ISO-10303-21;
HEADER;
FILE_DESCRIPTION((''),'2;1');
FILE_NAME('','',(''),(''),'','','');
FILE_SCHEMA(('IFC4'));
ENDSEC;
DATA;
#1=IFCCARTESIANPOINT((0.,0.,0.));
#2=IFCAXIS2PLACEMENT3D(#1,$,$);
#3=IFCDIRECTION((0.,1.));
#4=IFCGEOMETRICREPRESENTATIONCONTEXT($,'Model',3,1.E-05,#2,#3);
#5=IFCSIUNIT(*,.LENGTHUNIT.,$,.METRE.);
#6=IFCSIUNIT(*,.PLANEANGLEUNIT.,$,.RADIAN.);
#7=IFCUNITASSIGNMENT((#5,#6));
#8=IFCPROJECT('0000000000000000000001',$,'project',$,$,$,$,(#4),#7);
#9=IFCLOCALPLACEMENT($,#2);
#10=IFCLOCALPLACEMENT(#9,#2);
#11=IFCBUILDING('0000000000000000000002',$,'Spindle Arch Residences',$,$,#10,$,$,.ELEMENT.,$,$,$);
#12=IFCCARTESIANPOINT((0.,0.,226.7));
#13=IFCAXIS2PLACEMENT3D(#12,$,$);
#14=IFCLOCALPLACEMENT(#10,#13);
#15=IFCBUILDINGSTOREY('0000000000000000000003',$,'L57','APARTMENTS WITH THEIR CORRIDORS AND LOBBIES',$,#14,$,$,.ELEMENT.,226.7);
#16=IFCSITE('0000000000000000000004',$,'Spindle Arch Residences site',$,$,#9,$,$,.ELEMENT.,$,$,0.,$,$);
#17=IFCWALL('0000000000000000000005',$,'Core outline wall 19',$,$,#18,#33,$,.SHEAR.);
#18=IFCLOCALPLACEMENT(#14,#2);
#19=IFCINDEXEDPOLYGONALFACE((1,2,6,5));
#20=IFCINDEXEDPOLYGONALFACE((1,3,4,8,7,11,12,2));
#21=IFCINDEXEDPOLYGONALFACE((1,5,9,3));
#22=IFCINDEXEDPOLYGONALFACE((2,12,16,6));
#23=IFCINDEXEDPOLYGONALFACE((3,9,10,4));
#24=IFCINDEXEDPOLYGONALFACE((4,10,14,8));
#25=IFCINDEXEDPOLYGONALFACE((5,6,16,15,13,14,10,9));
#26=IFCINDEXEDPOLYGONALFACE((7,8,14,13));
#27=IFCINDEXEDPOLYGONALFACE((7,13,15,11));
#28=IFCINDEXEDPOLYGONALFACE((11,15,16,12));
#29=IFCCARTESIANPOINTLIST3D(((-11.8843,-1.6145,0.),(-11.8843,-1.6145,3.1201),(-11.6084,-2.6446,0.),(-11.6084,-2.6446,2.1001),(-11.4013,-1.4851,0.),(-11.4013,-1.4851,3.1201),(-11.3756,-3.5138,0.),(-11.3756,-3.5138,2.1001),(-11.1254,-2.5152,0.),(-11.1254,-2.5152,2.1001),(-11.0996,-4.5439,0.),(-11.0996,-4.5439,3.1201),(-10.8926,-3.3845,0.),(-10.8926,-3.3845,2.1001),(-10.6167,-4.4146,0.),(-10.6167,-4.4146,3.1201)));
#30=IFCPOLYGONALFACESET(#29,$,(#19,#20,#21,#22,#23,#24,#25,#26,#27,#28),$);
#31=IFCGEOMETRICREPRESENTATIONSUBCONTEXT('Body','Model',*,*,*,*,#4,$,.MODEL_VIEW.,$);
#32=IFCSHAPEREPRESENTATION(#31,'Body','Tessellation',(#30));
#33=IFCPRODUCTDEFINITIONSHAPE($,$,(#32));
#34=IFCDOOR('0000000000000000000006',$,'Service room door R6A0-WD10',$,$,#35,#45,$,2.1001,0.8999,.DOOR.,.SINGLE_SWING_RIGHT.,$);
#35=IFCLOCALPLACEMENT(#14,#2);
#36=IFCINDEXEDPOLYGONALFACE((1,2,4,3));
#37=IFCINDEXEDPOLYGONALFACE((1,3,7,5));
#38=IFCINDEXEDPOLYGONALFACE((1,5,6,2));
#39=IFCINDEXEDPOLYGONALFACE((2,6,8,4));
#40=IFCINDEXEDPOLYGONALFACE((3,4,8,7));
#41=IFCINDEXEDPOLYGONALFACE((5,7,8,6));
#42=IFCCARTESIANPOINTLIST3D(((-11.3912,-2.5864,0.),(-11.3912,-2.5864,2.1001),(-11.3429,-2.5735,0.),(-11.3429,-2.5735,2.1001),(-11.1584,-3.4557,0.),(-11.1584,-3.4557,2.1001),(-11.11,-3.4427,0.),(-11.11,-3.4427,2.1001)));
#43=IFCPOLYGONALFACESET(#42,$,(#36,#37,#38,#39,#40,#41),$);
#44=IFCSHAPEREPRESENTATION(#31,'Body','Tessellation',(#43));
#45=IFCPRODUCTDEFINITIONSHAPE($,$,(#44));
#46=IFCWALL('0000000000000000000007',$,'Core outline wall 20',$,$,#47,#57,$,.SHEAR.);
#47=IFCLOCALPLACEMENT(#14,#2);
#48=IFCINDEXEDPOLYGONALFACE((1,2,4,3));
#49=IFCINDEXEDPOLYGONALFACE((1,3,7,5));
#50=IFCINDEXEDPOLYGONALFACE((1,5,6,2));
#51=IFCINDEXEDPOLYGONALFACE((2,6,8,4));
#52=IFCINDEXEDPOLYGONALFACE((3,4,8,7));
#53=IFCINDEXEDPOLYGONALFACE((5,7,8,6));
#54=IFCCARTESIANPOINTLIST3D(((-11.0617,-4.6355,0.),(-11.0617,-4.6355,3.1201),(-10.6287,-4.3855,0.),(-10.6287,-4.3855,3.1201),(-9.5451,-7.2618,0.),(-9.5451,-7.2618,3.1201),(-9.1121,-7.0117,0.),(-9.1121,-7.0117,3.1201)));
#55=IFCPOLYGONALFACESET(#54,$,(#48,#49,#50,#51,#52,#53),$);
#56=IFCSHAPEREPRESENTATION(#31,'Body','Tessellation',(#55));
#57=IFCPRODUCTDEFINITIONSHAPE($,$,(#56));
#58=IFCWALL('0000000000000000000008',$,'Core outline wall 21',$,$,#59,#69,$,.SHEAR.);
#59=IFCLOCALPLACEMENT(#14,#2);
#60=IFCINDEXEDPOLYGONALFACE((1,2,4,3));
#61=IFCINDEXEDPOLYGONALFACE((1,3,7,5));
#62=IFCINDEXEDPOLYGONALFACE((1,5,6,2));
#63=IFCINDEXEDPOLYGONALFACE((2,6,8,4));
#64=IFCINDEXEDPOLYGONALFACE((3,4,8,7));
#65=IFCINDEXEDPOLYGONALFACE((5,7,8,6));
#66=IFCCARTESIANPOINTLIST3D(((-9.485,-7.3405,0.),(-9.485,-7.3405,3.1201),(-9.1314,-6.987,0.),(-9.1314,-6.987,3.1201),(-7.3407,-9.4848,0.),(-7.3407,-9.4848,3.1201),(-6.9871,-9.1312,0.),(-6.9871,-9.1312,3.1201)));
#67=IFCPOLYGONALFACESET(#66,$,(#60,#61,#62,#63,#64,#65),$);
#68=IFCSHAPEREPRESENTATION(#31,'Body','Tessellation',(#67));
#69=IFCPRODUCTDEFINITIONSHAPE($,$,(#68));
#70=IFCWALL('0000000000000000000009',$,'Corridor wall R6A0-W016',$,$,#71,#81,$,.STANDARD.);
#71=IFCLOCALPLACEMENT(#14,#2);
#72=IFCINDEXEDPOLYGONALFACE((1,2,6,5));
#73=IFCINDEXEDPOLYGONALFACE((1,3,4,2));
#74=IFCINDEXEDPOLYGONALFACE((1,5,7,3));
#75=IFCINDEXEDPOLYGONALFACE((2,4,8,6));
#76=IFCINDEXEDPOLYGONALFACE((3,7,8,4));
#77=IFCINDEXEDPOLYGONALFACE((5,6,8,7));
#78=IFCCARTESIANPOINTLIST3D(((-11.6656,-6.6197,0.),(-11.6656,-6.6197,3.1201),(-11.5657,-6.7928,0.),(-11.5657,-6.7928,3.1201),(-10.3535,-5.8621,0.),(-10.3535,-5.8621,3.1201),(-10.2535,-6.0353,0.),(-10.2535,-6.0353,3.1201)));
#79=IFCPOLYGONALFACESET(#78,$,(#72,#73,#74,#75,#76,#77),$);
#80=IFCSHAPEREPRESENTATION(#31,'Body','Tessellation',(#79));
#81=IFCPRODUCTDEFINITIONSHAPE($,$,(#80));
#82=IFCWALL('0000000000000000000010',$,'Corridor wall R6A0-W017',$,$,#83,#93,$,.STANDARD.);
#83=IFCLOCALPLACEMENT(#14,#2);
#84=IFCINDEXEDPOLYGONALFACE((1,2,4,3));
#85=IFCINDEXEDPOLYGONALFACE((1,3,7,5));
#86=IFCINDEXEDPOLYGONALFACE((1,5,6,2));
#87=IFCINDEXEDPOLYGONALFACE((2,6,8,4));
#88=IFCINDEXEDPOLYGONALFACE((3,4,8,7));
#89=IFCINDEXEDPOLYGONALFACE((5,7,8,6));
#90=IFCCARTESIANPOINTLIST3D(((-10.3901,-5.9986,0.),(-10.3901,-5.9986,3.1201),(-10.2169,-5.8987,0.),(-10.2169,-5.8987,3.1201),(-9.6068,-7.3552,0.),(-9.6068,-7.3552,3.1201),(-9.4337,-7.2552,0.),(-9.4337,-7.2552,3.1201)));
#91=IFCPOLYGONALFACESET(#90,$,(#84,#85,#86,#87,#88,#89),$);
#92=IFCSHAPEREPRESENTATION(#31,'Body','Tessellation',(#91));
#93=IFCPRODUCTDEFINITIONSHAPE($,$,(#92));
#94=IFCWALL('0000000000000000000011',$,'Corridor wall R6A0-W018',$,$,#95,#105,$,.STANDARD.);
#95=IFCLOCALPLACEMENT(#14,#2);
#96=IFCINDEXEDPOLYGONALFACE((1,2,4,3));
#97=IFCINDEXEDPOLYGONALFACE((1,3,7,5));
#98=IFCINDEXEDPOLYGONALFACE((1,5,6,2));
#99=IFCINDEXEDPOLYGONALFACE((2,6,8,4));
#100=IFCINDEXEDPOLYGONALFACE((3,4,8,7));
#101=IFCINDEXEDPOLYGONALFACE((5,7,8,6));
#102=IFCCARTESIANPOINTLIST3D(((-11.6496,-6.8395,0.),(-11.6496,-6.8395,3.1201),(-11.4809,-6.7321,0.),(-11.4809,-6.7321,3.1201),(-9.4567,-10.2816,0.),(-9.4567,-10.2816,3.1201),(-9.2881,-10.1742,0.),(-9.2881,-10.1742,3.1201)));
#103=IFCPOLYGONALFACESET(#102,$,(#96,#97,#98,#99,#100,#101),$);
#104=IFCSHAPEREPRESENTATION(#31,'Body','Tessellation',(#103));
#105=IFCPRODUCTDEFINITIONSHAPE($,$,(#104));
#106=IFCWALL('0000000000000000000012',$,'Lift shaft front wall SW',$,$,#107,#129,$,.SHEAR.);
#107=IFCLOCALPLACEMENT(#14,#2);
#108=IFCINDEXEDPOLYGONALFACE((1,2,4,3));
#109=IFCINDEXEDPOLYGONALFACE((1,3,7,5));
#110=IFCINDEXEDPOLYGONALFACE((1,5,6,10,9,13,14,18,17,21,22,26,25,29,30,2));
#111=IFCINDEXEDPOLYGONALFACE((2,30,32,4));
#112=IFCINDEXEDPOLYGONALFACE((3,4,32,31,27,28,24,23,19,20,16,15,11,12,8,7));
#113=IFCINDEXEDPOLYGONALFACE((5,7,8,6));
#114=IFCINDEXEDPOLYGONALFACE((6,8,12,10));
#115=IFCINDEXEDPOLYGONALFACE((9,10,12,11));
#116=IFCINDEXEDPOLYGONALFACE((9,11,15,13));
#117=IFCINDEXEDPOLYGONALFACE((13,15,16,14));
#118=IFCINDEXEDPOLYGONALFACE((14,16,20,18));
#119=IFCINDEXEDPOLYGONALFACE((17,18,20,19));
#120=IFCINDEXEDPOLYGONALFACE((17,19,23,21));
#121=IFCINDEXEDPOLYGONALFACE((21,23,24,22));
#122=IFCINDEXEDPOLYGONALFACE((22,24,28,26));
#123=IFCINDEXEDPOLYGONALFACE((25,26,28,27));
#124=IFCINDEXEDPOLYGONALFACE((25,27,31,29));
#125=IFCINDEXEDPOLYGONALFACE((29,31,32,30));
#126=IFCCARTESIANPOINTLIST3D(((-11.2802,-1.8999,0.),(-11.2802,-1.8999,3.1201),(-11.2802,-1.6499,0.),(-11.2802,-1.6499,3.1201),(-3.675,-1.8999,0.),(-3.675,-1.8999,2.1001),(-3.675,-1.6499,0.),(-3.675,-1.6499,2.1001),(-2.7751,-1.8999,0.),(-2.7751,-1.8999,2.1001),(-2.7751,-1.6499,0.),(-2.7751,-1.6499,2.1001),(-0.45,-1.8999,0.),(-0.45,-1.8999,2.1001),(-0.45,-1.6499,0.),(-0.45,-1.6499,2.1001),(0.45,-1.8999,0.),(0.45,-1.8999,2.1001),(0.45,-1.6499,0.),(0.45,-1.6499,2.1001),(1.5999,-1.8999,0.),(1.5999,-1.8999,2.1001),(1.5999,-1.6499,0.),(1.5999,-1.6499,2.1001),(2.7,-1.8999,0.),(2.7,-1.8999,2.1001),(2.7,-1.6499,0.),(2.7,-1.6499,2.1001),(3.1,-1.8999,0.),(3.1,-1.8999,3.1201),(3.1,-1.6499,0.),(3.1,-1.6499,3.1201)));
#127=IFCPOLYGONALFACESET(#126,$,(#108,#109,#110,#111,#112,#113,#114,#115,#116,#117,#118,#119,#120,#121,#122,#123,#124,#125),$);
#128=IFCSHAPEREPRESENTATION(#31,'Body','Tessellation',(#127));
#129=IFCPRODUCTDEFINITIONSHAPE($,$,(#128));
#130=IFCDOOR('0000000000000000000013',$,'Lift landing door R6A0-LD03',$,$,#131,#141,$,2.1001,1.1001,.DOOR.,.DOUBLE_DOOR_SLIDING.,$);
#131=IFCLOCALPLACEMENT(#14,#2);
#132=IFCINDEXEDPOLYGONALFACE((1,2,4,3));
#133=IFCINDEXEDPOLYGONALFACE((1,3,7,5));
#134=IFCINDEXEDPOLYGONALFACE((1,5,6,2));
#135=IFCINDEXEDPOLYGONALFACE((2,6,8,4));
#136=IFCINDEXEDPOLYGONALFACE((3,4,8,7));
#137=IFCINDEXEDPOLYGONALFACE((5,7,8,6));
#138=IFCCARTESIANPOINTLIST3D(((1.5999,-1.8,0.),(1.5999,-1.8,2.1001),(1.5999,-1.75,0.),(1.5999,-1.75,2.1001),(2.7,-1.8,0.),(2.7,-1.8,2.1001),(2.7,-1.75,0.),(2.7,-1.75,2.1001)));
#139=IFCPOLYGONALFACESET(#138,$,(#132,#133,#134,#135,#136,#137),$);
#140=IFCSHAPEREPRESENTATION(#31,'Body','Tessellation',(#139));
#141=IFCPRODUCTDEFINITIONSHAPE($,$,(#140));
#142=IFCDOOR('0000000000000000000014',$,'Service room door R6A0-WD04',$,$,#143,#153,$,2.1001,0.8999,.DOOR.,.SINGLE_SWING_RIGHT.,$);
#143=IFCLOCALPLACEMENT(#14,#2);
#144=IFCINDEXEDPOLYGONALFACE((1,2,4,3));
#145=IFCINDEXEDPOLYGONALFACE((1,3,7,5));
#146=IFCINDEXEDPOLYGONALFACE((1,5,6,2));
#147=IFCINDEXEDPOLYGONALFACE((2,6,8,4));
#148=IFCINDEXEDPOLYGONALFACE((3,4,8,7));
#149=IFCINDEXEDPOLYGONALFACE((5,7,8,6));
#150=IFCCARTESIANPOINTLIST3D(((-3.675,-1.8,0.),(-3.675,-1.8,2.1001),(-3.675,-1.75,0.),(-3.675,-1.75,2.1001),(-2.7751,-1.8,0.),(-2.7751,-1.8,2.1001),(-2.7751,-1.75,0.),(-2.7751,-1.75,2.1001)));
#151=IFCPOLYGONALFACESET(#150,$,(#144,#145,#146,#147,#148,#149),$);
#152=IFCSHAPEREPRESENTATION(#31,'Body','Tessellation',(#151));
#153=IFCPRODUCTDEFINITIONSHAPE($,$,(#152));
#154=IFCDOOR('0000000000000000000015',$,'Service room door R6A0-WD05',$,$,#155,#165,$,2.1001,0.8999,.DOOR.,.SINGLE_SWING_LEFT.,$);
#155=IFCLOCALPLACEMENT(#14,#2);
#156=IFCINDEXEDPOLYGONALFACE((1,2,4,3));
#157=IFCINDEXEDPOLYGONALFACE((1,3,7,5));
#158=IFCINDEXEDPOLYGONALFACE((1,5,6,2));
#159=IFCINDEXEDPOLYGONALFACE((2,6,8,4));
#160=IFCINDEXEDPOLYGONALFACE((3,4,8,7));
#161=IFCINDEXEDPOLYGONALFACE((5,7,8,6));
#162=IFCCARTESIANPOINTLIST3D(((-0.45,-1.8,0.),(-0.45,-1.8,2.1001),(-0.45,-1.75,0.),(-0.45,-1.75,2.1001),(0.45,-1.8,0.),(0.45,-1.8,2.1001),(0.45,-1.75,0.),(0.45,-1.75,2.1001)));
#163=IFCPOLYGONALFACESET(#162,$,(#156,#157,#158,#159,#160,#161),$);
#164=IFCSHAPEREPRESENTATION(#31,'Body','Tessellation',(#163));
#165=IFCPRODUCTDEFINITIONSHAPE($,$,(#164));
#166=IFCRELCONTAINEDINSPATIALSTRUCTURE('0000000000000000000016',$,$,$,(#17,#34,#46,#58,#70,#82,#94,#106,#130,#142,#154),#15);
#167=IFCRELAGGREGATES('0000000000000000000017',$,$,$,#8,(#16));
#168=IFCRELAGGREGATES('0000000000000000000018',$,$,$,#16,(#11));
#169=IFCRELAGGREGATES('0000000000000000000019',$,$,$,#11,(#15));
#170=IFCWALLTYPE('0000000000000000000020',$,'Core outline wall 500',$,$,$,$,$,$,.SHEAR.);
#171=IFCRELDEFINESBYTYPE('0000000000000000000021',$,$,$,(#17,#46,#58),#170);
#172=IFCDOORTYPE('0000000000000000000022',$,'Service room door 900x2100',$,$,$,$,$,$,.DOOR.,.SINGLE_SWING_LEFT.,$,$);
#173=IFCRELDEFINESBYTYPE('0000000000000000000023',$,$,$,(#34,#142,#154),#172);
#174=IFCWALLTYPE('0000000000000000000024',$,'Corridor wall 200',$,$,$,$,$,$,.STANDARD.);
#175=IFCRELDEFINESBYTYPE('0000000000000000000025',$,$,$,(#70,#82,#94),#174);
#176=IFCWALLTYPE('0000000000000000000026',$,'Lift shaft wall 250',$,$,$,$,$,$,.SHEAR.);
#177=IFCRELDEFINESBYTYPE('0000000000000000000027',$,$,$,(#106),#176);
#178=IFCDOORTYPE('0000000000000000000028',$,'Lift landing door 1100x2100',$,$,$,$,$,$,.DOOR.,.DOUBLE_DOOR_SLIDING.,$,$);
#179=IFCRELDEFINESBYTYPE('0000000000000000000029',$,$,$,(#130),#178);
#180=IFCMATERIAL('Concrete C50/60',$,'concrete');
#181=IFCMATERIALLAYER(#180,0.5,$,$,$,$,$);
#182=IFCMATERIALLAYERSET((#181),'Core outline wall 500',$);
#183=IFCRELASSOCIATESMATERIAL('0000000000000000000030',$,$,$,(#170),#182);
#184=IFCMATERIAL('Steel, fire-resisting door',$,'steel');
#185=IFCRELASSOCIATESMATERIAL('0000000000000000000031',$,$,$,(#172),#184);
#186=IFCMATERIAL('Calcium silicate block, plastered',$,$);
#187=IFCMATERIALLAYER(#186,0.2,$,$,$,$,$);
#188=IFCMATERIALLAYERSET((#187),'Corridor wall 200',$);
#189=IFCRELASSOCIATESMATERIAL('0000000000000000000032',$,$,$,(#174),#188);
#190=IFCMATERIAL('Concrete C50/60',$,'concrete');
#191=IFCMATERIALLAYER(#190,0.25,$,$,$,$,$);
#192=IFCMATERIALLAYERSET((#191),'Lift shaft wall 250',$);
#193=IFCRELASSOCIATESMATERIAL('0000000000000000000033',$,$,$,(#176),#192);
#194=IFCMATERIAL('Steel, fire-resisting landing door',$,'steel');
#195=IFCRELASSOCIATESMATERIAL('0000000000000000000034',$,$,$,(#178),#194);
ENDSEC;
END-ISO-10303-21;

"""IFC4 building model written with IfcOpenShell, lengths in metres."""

from ifc_helpers import new_model, si_unit, direction, frame, frame_2d, origin, place, context, subcontext, project, spatial, rectangle, extrude, material, layer, layer_set, type_object, element, fill, save


model = new_model("IFC4")

# Units and contexts
model_context = context("Model", 3, precision=1e-05, world=origin(), true_north=direction((0.0, 1.0)))
body_context = subcontext(model_context, "Body", "Model", "MODEL_VIEW")
ifc_project = project(units=[si_unit("LENGTHUNIT", "METRE"), si_unit("PLANEANGLEUNIT", "RADIAN")], contexts=[model_context])

# Site, building, storey
site_placement = place(None, origin())
site = spatial("IfcSite", under=ifc_project, at=site_placement, Name="Spindle Arch Residences site", CompositionType="ELEMENT", RefElevation=0.0)
building_placement = place(site_placement, origin())
building = spatial("IfcBuilding", under=site, at=building_placement, Name="Spindle Arch Residences", CompositionType="ELEMENT")
storey_placement = place(building_placement, frame((0.0, 0.0, 226.7)))
storey = spatial("IfcBuildingStorey", under=building, at=storey_placement, Name="L57", Description="APARTMENTS WITH THEIR CORRIDORS AND LOBBIES", CompositionType="ELEMENT", Elevation=226.7)

# Wall, opening, door
ifc_material_1 = material(Name="Concrete C50/60", Category="concrete")
ifc_layer_1 = layer(ifc_material_1, 0.5)
ifc_layer_set_1 = layer_set([ifc_layer_1], Name="Core outline wall 500")
wall_type_1 = type_object("IfcWallType", Name="Core outline wall 500", PredefinedType="SHEAR", material=ifc_layer_set_1)
wall_1_placement = place(storey_placement, frame((-11.6428, -1.5498, 0.0), z_axis=(0.0, 0.0, 1.0), x_axis=(0.258735, -0.965948, 0.0)))
wall_1 = element("IfcWall", 1, at=wall_1_placement, inside=storey, type_object=wall_type_1, Name="Core outline wall 19", PredefinedType="SHEAR", context=body_context, shape_type="SweptSolid", body=[
    extrude(rectangle(XDim=3.0327, YDim=0.5, at=frame_2d((1.5164, 0.0))), origin(), (0.0, 0.0, 1.0), 3.1201),
])
opening_1_placement = place(wall_1_placement, frame((1.0664, 0.0, 0.0)))
opening_1 = element("IfcOpeningElement", 2, at=opening_1_placement, cuts=wall_1, PredefinedType="OPENING", context=body_context, shape_type="SweptSolid", body=[
    extrude(rectangle(XDim=0.8999, YDim=2.1001, at=frame_2d((0.45, 1.05))), frame((0.0, 0.26, 0.0), z_axis=(0.0, -1.0, 0.0), x_axis=(1.0, 0.0, 0.0)), (0.0, 0.0, 1.0), 0.52),
])
ifc_material_2 = material(Name="Steel, fire-resisting door", Category="steel")
door_type_1 = type_object("IfcDoorType", Name="Service room door 900x2100", OperationType="SINGLE_SWING_LEFT", PredefinedType="DOOR", material=ifc_material_2)
door_1_placement = place(opening_1_placement, origin())
door_1 = element("IfcDoor", 3, at=door_1_placement, inside=storey, type_object=door_type_1, Name="Service room door R6A0-WD10", OperationType="SINGLE_SWING_RIGHT", OverallHeight=2.1001, OverallWidth=0.8999, PredefinedType="DOOR", context=body_context, shape_type="SweptSolid", body=[
    extrude(rectangle(XDim=0.8999, YDim=2.1001, at=frame_2d((0.45, 1.05))), frame((0.0, 0.0249, 0.0), z_axis=(0.0, -1.0, 0.0), x_axis=(1.0, 0.0, 0.0)), (0.0, 0.0, 1.0), 0.05),
])
fill(opening_1, door_1)

# Walls
wall_2_placement = place(storey_placement, frame((-10.8452, -4.5105, 0.0), z_axis=(0.0, 0.0, 1.0), x_axis=(0.500087, -0.865975, 0.0)))
element("IfcWall", 4, at=wall_2_placement, inside=storey, type_object=wall_type_1, Name="Core outline wall 20", PredefinedType="SHEAR", context=body_context, shape_type="SweptSolid", body=[
    extrude(rectangle(XDim=3.0327, YDim=0.5, at=frame_2d((1.5164, 0.0))), origin(), (0.0, 0.0, 1.0), 3.1201),
])
wall_3_placement = place(storey_placement, frame((-9.3081, -7.1638, 0.0), z_axis=(0.0, 0.0, 1.0), x_axis=(0.707107, -0.707107, 0.0)))
element("IfcWall", 5, at=wall_3_placement, inside=storey, type_object=wall_type_1, Name="Core outline wall 21", PredefinedType="SHEAR", context=body_context, shape_type="SweptSolid", body=[
    extrude(rectangle(XDim=3.0325, YDim=0.5, at=frame_2d((1.5161, 0.0))), origin(), (0.0, 0.0, 1.0), 3.1201),
])
ifc_material_3 = material(Name="Calcium silicate block, plastered")
ifc_layer_2 = layer(ifc_material_3, 0.2)
ifc_layer_set_2 = layer_set([ifc_layer_2], Name="Corridor wall 200")
wall_type_2 = type_object("IfcWallType", Name="Corridor wall 200", PredefinedType="STANDARD", material=ifc_layer_set_2)
wall_4_placement = place(storey_placement, frame((-10.3035, -5.9487, 0.0), z_axis=(0.0, 0.0, 1.0), x_axis=(-0.866043, -0.499969, 0.0)))
element("IfcWall", 6, at=wall_4_placement, inside=storey, type_object=wall_type_2, Name="Corridor wall R6A0-W016", PredefinedType="STANDARD", context=body_context, shape_type="SweptSolid", body=[
    extrude(rectangle(XDim=1.5151, YDim=0.2, at=frame_2d((0.7576, 0.0))), origin(), (0.0, 0.0, 1.0), 3.1201),
])
wall_5_placement = place(storey_placement, frame((-9.5203, -7.3052, 0.0), z_axis=(0.0, 0.0, 1.0), x_axis=(-0.500028, 0.866009, 0.0)))
element("IfcWall", 7, at=wall_5_placement, inside=storey, type_object=wall_type_2, Name="Corridor wall R6A0-W017", PredefinedType="STANDARD", context=body_context, shape_type="SweptSolid", body=[
    extrude(rectangle(XDim=1.5664, YDim=0.2, at=frame_2d((0.7832, 0.0))), origin(), (0.0, 0.0, 1.0), 3.1201),
])
wall_6_placement = place(storey_placement, frame((-11.5652, -6.7859, 0.0), z_axis=(0.0, 0.0, 1.0), x_axis=(0.537297, -0.843393, 0.0)))
element("IfcWall", 8, at=wall_6_placement, inside=storey, type_object=wall_type_2, Name="Corridor wall R6A0-W018", PredefinedType="STANDARD", context=body_context, shape_type="SweptSolid", body=[
    extrude(rectangle(XDim=4.0813, YDim=0.2, at=frame_2d((2.0405, 0.0))), origin(), (0.0, 0.0, 1.0), 3.1201),
])

# Wall, openings, doors
ifc_material_4 = material(Name="Concrete C50/60", Category="concrete")
ifc_layer_3 = layer(ifc_material_4, 0.25)
ifc_layer_set_3 = layer_set([ifc_layer_3], Name="Lift shaft wall 250")
wall_type_3 = type_object("IfcWallType", Name="Lift shaft wall 250", PredefinedType="SHEAR", material=ifc_layer_set_3)
wall_7_placement = place(storey_placement, frame((-11.28, -1.7749, 0.0), z_axis=(0.0, 0.0, 1.0), x_axis=(1.0, 0.0, 0.0)))
wall_7 = element("IfcWall", 9, at=wall_7_placement, inside=storey, type_object=wall_type_3, Name="Lift shaft front wall SW", PredefinedType="SHEAR", context=body_context, shape_type="SweptSolid", body=[
    extrude(rectangle(XDim=14.3801, YDim=0.25, at=frame_2d((7.1899, 0.0))), origin(), (0.0, 0.0, 1.0), 3.1201),
])
opening_2_placement = place(wall_7_placement, frame((12.8799, 0.0, 0.0)))
opening_2 = element("IfcOpeningElement", 10, at=opening_2_placement, cuts=wall_7, PredefinedType="OPENING", context=body_context, shape_type="SweptSolid", body=[
    extrude(rectangle(XDim=1.1001, YDim=2.1001, at=frame_2d((0.55, 1.05))), frame((0.0, 0.135, 0.0), z_axis=(0.0, -1.0, 0.0), x_axis=(1.0, 0.0, 0.0)), (0.0, 0.0, 1.0), 0.27),
])
opening_3_placement = place(wall_7_placement, frame((7.605, 0.0, 0.0)))
opening_3 = element("IfcOpeningElement", 11, at=opening_3_placement, cuts=wall_7, PredefinedType="OPENING", context=body_context, shape_type="SweptSolid", body=[
    extrude(rectangle(XDim=0.8999, YDim=2.1001, at=frame_2d((0.45, 1.05))), frame((0.0, 0.135, 0.0), z_axis=(0.0, -1.0, 0.0), x_axis=(1.0, 0.0, 0.0)), (0.0, 0.0, 1.0), 0.27),
])
opening_4_placement = place(wall_7_placement, frame((10.8301, 0.0, 0.0)))
opening_4 = element("IfcOpeningElement", 12, at=opening_4_placement, cuts=wall_7, PredefinedType="OPENING", context=body_context, shape_type="SweptSolid", body=[
    extrude(rectangle(XDim=0.8999, YDim=2.1001, at=frame_2d((0.45, 1.05))), frame((0.0, 0.135, 0.0), z_axis=(0.0, -1.0, 0.0), x_axis=(1.0, 0.0, 0.0)), (0.0, 0.0, 1.0), 0.27),
])
ifc_material_5 = material(Name="Steel, fire-resisting landing door", Category="steel")
door_type_2 = type_object("IfcDoorType", Name="Lift landing door 1100x2100", OperationType="DOUBLE_DOOR_SLIDING", PredefinedType="DOOR", material=ifc_material_5)
door_2_placement = place(opening_2_placement, origin())
door_2 = element("IfcDoor", 13, at=door_2_placement, inside=storey, type_object=door_type_2, Name="Lift landing door R6A0-LD03", OperationType="DOUBLE_DOOR_SLIDING", OverallHeight=2.1001, OverallWidth=1.1001, PredefinedType="DOOR", context=body_context, shape_type="SweptSolid", body=[
    extrude(rectangle(XDim=1.1001, YDim=2.1001, at=frame_2d((0.55, 1.05))), frame((0.0, 0.0249, 0.0), z_axis=(0.0, -1.0, 0.0), x_axis=(1.0, 0.0, 0.0)), (0.0, 0.0, 1.0), 0.05),
])
fill(opening_2, door_2)
door_3_placement = place(opening_3_placement, origin())
door_3 = element("IfcDoor", 14, at=door_3_placement, inside=storey, type_object=door_type_1, Name="Service room door R6A0-WD04", OperationType="SINGLE_SWING_RIGHT", OverallHeight=2.1001, OverallWidth=0.8999, PredefinedType="DOOR", context=body_context, shape_type="SweptSolid", body=[
    extrude(rectangle(XDim=0.8999, YDim=2.1001, at=frame_2d((0.45, 1.05))), frame((0.0, 0.0249, 0.0), z_axis=(0.0, -1.0, 0.0), x_axis=(1.0, 0.0, 0.0)), (0.0, 0.0, 1.0), 0.05),
])
fill(opening_3, door_3)
door_4_placement = place(opening_4_placement, origin())
door_4 = element("IfcDoor", 15, at=door_4_placement, inside=storey, type_object=door_type_1, Name="Service room door R6A0-WD05", OperationType="SINGLE_SWING_LEFT", OverallHeight=2.1001, OverallWidth=0.8999, PredefinedType="DOOR", context=body_context, shape_type="SweptSolid", body=[
    extrude(rectangle(XDim=0.8999, YDim=2.1001, at=frame_2d((0.45, 1.05))), frame((0.0, 0.0249, 0.0), z_axis=(0.0, -1.0, 0.0), x_axis=(1.0, 0.0, 0.0)), (0.0, 0.0, 1.0), 0.05),
])
fill(opening_4, door_4)

save(model, "model.ifc")
